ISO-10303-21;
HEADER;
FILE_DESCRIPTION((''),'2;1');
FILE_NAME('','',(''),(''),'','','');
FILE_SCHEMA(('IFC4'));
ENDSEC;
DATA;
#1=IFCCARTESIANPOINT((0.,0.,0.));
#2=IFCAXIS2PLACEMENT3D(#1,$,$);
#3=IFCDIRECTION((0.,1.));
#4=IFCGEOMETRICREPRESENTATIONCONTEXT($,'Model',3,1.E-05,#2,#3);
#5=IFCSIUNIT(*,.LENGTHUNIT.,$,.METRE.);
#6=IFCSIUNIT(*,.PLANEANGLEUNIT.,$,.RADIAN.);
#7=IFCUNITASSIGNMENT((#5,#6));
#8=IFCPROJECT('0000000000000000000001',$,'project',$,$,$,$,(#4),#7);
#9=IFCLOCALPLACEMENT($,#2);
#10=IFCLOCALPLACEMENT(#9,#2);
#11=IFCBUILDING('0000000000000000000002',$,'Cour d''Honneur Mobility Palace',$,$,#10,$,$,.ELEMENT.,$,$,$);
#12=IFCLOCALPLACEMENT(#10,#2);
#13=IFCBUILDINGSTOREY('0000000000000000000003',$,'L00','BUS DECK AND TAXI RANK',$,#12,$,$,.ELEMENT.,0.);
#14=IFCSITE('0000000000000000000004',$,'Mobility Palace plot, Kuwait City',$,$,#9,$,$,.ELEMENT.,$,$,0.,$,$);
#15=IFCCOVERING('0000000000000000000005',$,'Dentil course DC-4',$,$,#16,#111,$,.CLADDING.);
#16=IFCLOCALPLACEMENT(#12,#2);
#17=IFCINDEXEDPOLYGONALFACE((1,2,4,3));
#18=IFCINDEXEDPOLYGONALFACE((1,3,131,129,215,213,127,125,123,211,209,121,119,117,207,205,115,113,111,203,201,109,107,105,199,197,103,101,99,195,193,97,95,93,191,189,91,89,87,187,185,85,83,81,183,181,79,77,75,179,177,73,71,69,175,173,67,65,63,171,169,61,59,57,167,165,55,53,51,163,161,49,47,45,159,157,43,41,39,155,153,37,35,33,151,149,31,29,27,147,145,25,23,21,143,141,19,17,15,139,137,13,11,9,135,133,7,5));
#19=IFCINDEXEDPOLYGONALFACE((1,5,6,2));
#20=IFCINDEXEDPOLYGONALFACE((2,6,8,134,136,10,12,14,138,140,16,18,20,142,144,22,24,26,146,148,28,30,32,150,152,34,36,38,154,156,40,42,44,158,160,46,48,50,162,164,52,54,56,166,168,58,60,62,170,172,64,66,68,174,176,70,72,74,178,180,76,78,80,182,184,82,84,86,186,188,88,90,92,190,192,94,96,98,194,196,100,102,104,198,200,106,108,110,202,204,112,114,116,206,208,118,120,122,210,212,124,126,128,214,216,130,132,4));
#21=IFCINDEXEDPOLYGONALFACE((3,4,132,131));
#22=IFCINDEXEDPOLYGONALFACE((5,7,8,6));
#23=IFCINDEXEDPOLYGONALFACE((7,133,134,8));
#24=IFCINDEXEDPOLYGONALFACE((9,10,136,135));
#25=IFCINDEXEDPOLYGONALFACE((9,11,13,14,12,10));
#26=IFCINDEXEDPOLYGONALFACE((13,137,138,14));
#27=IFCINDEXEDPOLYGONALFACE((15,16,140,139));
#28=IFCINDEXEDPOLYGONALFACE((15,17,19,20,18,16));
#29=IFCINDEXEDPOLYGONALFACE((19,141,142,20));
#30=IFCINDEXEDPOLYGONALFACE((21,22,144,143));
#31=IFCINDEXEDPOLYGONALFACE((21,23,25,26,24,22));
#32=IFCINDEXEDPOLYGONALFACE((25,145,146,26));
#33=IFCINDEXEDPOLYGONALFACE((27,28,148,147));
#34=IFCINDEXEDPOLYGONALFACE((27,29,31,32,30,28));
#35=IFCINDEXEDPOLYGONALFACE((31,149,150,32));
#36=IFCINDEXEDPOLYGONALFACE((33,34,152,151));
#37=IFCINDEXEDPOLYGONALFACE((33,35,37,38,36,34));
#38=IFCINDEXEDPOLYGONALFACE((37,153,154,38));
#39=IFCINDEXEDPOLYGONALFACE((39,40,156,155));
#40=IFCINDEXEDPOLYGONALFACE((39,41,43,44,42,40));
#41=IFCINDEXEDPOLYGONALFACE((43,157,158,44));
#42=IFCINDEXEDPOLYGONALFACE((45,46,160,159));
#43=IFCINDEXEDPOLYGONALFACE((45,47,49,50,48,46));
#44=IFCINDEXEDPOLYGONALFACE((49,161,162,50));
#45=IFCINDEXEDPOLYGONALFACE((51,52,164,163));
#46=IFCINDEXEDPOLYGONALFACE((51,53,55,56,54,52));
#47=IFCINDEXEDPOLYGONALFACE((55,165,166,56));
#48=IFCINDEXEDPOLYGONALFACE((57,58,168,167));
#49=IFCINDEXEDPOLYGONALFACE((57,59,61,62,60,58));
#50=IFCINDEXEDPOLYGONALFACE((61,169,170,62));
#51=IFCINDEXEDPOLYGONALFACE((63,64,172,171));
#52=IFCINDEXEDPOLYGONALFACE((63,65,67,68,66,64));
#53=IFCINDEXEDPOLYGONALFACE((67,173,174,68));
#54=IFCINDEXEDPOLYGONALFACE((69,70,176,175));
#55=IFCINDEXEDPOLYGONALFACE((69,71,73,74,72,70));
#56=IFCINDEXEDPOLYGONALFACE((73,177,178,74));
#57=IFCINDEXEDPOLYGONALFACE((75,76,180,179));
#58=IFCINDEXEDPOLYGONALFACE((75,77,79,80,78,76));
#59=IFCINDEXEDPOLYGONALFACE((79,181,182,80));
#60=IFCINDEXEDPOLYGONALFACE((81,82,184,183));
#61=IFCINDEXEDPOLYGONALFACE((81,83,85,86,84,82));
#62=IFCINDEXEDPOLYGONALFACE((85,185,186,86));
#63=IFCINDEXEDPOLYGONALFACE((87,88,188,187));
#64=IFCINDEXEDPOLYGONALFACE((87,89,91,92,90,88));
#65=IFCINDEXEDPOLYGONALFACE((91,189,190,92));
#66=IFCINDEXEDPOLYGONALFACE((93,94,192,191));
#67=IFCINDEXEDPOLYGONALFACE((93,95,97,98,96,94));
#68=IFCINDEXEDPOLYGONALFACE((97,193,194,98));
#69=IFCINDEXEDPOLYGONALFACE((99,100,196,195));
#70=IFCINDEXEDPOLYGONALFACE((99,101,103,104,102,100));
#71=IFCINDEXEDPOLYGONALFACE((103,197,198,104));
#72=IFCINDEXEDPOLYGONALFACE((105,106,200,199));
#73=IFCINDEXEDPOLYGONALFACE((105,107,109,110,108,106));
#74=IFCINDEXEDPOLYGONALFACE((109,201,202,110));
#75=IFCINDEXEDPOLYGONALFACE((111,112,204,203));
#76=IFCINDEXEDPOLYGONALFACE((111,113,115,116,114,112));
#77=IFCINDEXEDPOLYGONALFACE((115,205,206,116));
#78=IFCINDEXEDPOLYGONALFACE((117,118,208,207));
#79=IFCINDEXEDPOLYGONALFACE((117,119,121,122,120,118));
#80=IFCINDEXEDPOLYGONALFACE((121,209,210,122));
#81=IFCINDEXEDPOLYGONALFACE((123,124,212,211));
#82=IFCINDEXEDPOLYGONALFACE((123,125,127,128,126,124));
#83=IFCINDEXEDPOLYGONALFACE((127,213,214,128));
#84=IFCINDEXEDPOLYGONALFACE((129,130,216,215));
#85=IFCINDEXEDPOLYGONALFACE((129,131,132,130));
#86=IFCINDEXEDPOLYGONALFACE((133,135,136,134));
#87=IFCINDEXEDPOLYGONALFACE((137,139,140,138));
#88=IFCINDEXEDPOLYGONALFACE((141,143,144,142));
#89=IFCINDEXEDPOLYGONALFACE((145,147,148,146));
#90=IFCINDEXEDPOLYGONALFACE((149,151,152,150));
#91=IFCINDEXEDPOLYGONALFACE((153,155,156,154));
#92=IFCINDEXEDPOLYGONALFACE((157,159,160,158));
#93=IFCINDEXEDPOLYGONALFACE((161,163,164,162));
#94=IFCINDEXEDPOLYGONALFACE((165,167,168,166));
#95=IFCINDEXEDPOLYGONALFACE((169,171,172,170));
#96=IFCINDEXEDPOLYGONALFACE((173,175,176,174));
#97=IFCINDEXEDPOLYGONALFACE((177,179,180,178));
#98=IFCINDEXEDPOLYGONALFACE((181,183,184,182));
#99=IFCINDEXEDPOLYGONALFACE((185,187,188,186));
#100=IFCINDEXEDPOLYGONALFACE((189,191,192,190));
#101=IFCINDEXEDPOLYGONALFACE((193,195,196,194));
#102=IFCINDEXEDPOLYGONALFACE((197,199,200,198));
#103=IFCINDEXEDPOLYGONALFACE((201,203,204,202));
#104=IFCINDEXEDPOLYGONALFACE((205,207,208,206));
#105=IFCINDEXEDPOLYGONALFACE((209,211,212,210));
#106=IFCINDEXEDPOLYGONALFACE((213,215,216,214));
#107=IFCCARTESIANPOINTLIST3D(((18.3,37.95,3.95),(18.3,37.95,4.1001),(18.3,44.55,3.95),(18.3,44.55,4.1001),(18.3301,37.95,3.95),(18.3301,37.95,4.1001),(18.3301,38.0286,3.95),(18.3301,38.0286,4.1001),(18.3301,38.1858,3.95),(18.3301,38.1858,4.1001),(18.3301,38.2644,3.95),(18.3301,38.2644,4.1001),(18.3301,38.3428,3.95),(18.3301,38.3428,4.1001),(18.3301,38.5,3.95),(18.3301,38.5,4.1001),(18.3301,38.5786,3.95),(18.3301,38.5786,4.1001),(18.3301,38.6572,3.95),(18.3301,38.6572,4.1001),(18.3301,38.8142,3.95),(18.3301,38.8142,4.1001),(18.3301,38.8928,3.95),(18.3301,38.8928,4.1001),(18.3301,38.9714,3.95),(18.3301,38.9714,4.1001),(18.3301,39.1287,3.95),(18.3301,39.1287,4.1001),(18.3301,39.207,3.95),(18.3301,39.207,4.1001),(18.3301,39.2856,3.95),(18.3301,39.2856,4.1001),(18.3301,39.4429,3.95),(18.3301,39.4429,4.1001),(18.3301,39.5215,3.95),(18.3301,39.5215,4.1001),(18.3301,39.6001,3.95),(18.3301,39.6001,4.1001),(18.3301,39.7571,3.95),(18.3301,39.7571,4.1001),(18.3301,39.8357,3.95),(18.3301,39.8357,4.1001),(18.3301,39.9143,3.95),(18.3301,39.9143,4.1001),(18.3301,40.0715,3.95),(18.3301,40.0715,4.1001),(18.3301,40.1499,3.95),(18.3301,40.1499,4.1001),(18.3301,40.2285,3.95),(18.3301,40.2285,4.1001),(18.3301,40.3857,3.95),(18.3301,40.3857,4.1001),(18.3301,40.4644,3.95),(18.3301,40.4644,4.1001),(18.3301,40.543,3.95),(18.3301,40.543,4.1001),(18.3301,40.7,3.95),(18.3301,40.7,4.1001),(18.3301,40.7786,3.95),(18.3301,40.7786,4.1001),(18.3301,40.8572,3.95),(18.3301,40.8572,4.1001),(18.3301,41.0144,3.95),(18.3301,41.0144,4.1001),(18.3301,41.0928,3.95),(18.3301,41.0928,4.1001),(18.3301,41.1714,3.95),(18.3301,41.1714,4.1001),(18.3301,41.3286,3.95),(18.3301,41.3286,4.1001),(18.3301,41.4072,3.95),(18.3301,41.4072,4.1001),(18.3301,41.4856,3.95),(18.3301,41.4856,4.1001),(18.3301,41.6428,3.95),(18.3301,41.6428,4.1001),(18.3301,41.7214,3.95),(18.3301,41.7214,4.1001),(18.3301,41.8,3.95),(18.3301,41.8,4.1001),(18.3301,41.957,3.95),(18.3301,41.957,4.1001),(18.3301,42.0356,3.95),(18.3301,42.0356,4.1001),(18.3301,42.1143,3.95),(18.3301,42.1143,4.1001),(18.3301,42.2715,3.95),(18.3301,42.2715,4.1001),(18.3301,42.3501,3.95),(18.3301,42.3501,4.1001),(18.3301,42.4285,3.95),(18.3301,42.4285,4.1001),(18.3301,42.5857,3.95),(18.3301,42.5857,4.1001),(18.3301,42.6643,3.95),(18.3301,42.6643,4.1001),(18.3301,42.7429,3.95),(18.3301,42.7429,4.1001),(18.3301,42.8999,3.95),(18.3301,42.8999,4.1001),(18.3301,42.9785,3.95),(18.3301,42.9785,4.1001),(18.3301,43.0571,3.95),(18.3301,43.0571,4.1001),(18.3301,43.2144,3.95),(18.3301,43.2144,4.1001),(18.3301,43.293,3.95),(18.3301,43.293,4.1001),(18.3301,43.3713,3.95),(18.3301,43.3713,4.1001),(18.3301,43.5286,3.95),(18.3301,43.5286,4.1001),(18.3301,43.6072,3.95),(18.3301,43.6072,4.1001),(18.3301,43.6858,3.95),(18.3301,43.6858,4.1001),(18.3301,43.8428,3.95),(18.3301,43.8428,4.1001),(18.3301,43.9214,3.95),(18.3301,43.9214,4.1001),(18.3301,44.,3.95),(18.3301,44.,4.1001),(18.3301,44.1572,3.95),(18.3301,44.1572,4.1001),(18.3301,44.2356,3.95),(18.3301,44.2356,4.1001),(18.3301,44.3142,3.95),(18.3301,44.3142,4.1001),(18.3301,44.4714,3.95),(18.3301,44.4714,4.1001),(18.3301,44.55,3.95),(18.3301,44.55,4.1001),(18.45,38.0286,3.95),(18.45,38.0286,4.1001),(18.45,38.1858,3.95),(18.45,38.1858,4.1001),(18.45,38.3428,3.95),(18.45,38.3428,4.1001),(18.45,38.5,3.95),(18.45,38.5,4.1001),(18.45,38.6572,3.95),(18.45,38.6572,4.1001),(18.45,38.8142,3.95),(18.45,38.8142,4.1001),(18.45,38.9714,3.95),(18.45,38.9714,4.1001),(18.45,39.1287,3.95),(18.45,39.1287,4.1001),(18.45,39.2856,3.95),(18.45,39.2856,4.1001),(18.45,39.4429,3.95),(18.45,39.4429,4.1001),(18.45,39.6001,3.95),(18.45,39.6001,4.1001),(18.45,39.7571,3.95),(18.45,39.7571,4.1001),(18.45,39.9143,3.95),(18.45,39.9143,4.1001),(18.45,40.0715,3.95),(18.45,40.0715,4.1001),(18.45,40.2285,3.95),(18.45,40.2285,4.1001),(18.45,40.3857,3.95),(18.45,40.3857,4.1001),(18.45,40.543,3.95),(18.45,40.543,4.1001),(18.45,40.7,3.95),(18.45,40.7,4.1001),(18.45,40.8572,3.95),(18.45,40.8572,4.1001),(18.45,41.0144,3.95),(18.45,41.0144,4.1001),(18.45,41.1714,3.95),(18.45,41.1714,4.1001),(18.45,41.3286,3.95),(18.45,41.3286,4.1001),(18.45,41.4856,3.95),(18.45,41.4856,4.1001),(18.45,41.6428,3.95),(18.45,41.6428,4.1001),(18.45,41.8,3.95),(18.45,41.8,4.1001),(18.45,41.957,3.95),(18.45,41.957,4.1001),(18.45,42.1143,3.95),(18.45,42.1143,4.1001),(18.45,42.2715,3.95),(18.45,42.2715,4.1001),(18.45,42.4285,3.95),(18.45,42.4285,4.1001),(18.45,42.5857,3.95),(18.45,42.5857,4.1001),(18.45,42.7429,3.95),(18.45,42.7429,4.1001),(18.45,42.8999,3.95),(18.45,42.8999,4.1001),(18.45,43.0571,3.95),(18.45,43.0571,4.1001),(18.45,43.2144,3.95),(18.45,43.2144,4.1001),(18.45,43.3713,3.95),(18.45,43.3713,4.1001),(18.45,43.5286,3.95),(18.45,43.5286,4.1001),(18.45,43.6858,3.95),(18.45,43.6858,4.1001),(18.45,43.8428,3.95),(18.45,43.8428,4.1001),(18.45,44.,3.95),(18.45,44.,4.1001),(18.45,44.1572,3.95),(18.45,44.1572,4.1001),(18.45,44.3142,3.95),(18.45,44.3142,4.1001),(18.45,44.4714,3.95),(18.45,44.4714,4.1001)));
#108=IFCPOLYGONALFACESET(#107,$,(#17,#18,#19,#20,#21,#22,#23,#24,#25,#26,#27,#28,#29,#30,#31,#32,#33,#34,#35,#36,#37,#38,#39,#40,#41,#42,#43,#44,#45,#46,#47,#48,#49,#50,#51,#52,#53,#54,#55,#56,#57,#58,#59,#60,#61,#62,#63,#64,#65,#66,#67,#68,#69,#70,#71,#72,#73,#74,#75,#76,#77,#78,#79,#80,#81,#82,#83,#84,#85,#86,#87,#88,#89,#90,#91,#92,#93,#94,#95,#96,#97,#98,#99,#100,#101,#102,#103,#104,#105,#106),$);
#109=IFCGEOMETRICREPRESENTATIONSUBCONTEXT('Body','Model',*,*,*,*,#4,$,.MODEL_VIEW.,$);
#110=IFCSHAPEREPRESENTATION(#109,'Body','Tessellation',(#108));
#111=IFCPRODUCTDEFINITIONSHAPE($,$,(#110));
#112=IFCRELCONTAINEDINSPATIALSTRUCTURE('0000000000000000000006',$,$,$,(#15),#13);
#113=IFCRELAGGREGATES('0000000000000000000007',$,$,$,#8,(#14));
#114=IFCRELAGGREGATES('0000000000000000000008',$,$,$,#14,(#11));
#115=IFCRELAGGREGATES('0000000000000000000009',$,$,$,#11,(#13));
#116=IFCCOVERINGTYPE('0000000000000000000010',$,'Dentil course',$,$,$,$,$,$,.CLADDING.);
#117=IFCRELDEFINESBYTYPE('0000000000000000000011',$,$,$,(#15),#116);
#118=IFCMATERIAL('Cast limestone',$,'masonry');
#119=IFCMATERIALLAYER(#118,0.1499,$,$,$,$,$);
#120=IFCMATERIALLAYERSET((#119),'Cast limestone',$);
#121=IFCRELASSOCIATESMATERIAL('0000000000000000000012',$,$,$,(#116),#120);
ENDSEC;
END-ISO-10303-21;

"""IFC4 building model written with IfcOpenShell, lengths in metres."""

from ifc_helpers import new_model, si_unit, direction, frame, origin, place, context, subcontext, project, spatial, polyline, outline, extrude, material, layer, layer_set, type_object, element, save


model = new_model("IFC4")

# Units and contexts
model_context = context("Model", 3, precision=1e-05, world=origin(), true_north=direction((0.0, 1.0)))
body_context = subcontext(model_context, "Body", "Model", "MODEL_VIEW")
ifc_project = project(units=[si_unit("LENGTHUNIT", "METRE"), si_unit("PLANEANGLEUNIT", "RADIAN")], contexts=[model_context])

# Site, building, storey
site_placement = place(None, origin())
site = spatial("IfcSite", under=ifc_project, at=site_placement, Name="Mobility Palace plot, Kuwait City", CompositionType="ELEMENT", RefElevation=0.0)
building_placement = place(site_placement, origin())
building = spatial("IfcBuilding", under=site, at=building_placement, Name="Cour d'Honneur Mobility Palace", CompositionType="ELEMENT")
storey_placement = place(building_placement, origin())
storey = spatial("IfcBuildingStorey", under=building, at=storey_placement, Name="L00", Description="BUS DECK AND TAXI RANK", CompositionType="ELEMENT", Elevation=0.0)

# Covering
ifc_material = material(Name="Cast limestone", Category="masonry")
ifc_layer = layer(ifc_material, 0.1499)
ifc_layer_set = layer_set([ifc_layer], Name="Cast limestone")
covering_type = type_object("IfcCoveringType", Name="Dentil course", PredefinedType="CLADDING", material=ifc_layer_set)
covering_1_placement = place(storey_placement, frame((0.0, 0.0, 3.95)))
element("IfcCovering", 1, at=covering_1_placement, inside=storey, type_object=covering_type, Name="Dentil course DC-4", PredefinedType="CLADDING", context=body_context, shape_type="SweptSolid", body=[
    extrude(outline(polyline([(18.3, 37.95), (18.3, 44.55), (18.3301, 44.55), (18.3301, 44.55), (18.3301, 44.4714), (18.45, 44.4714), (18.45, 44.3142), (18.3301, 44.3142), (18.3301, 44.2356), (18.3301, 44.2356), (18.3301, 44.1572), (18.45, 44.1572), (18.45, 44.0), (18.3301, 44.0), (18.3301, 43.9214), (18.3301, 43.9214), (18.3301, 43.8428), (18.45, 43.8428), (18.45, 43.6858), (18.3301, 43.6858), (18.3301, 43.6072), (18.3301, 43.6072), (18.3301, 43.5286), (18.45, 43.5286), (18.45, 43.3713), (18.3301, 43.3713), (18.3301, 43.293), (18.3301, 43.293), (18.3301, 43.2144), (18.45, 43.2144), (18.45, 43.0571), (18.3301, 43.0571), (18.3301, 42.9785), (18.3301, 42.9785), (18.3301, 42.8999), (18.45, 42.8999), (18.45, 42.7429), (18.3301, 42.7429), (18.3301, 42.6643), (18.3301, 42.6643), (18.3301, 42.5857), (18.45, 42.5857), (18.45, 42.4285), (18.3301, 42.4285), (18.3301, 42.3501), (18.3301, 42.3501), (18.3301, 42.2715), (18.45, 42.2715), (18.45, 42.1143), (18.3301, 42.1143), (18.3301, 42.0356), (18.3301, 42.0356), (18.3301, 41.957), (18.45, 41.957), (18.45, 41.8), (18.3301, 41.8), (18.3301, 41.7214), (18.3301, 41.7214), (18.3301, 41.6428), (18.45, 41.6428), (18.45, 41.4856), (18.3301, 41.4856), (18.3301, 41.4072), (18.3301, 41.4072), (18.3301, 41.3286), (18.45, 41.3286), (18.45, 41.1714), (18.3301, 41.1714), (18.3301, 41.0928), (18.3301, 41.0928), (18.3301, 41.0144), (18.45, 41.0144), (18.45, 40.8572), (18.3301, 40.8572), (18.3301, 40.7786), (18.3301, 40.7786), (18.3301, 40.7), (18.45, 40.7), (18.45, 40.543), (18.3301, 40.543), (18.3301, 40.4644), (18.3301, 40.4644), (18.3301, 40.3857), (18.45, 40.3857), (18.45, 40.2285), (18.3301, 40.2285), (18.3301, 40.1499), (18.3301, 40.1499), (18.3301, 40.0715), (18.45, 40.0715), (18.45, 39.9143), (18.3301, 39.9143), (18.3301, 39.8357), (18.3301, 39.8357), (18.3301, 39.7571), (18.45, 39.7571), (18.45, 39.6001), (18.3301, 39.6001), (18.3301, 39.5215), (18.3301, 39.5215), (18.3301, 39.4429), (18.45, 39.4429), (18.45, 39.2856), (18.3301, 39.2856), (18.3301, 39.207), (18.3301, 39.207), (18.3301, 39.1287), (18.45, 39.1287), (18.45, 38.9714), (18.3301, 38.9714), (18.3301, 38.8928), (18.3301, 38.8928), (18.3301, 38.8142), (18.45, 38.8142), (18.45, 38.6572), (18.3301, 38.6572), (18.3301, 38.5786), (18.3301, 38.5786), (18.3301, 38.5), (18.45, 38.5), (18.45, 38.3428), (18.3301, 38.3428), (18.3301, 38.2644), (18.3301, 38.2644), (18.3301, 38.1858), (18.45, 38.1858), (18.45, 38.0286), (18.3301, 38.0286), (18.3301, 37.95), (18.3, 37.95)])), origin(), (0.0, 0.0, 1.0), 0.1501),
])

save(model, "model.ifc")
